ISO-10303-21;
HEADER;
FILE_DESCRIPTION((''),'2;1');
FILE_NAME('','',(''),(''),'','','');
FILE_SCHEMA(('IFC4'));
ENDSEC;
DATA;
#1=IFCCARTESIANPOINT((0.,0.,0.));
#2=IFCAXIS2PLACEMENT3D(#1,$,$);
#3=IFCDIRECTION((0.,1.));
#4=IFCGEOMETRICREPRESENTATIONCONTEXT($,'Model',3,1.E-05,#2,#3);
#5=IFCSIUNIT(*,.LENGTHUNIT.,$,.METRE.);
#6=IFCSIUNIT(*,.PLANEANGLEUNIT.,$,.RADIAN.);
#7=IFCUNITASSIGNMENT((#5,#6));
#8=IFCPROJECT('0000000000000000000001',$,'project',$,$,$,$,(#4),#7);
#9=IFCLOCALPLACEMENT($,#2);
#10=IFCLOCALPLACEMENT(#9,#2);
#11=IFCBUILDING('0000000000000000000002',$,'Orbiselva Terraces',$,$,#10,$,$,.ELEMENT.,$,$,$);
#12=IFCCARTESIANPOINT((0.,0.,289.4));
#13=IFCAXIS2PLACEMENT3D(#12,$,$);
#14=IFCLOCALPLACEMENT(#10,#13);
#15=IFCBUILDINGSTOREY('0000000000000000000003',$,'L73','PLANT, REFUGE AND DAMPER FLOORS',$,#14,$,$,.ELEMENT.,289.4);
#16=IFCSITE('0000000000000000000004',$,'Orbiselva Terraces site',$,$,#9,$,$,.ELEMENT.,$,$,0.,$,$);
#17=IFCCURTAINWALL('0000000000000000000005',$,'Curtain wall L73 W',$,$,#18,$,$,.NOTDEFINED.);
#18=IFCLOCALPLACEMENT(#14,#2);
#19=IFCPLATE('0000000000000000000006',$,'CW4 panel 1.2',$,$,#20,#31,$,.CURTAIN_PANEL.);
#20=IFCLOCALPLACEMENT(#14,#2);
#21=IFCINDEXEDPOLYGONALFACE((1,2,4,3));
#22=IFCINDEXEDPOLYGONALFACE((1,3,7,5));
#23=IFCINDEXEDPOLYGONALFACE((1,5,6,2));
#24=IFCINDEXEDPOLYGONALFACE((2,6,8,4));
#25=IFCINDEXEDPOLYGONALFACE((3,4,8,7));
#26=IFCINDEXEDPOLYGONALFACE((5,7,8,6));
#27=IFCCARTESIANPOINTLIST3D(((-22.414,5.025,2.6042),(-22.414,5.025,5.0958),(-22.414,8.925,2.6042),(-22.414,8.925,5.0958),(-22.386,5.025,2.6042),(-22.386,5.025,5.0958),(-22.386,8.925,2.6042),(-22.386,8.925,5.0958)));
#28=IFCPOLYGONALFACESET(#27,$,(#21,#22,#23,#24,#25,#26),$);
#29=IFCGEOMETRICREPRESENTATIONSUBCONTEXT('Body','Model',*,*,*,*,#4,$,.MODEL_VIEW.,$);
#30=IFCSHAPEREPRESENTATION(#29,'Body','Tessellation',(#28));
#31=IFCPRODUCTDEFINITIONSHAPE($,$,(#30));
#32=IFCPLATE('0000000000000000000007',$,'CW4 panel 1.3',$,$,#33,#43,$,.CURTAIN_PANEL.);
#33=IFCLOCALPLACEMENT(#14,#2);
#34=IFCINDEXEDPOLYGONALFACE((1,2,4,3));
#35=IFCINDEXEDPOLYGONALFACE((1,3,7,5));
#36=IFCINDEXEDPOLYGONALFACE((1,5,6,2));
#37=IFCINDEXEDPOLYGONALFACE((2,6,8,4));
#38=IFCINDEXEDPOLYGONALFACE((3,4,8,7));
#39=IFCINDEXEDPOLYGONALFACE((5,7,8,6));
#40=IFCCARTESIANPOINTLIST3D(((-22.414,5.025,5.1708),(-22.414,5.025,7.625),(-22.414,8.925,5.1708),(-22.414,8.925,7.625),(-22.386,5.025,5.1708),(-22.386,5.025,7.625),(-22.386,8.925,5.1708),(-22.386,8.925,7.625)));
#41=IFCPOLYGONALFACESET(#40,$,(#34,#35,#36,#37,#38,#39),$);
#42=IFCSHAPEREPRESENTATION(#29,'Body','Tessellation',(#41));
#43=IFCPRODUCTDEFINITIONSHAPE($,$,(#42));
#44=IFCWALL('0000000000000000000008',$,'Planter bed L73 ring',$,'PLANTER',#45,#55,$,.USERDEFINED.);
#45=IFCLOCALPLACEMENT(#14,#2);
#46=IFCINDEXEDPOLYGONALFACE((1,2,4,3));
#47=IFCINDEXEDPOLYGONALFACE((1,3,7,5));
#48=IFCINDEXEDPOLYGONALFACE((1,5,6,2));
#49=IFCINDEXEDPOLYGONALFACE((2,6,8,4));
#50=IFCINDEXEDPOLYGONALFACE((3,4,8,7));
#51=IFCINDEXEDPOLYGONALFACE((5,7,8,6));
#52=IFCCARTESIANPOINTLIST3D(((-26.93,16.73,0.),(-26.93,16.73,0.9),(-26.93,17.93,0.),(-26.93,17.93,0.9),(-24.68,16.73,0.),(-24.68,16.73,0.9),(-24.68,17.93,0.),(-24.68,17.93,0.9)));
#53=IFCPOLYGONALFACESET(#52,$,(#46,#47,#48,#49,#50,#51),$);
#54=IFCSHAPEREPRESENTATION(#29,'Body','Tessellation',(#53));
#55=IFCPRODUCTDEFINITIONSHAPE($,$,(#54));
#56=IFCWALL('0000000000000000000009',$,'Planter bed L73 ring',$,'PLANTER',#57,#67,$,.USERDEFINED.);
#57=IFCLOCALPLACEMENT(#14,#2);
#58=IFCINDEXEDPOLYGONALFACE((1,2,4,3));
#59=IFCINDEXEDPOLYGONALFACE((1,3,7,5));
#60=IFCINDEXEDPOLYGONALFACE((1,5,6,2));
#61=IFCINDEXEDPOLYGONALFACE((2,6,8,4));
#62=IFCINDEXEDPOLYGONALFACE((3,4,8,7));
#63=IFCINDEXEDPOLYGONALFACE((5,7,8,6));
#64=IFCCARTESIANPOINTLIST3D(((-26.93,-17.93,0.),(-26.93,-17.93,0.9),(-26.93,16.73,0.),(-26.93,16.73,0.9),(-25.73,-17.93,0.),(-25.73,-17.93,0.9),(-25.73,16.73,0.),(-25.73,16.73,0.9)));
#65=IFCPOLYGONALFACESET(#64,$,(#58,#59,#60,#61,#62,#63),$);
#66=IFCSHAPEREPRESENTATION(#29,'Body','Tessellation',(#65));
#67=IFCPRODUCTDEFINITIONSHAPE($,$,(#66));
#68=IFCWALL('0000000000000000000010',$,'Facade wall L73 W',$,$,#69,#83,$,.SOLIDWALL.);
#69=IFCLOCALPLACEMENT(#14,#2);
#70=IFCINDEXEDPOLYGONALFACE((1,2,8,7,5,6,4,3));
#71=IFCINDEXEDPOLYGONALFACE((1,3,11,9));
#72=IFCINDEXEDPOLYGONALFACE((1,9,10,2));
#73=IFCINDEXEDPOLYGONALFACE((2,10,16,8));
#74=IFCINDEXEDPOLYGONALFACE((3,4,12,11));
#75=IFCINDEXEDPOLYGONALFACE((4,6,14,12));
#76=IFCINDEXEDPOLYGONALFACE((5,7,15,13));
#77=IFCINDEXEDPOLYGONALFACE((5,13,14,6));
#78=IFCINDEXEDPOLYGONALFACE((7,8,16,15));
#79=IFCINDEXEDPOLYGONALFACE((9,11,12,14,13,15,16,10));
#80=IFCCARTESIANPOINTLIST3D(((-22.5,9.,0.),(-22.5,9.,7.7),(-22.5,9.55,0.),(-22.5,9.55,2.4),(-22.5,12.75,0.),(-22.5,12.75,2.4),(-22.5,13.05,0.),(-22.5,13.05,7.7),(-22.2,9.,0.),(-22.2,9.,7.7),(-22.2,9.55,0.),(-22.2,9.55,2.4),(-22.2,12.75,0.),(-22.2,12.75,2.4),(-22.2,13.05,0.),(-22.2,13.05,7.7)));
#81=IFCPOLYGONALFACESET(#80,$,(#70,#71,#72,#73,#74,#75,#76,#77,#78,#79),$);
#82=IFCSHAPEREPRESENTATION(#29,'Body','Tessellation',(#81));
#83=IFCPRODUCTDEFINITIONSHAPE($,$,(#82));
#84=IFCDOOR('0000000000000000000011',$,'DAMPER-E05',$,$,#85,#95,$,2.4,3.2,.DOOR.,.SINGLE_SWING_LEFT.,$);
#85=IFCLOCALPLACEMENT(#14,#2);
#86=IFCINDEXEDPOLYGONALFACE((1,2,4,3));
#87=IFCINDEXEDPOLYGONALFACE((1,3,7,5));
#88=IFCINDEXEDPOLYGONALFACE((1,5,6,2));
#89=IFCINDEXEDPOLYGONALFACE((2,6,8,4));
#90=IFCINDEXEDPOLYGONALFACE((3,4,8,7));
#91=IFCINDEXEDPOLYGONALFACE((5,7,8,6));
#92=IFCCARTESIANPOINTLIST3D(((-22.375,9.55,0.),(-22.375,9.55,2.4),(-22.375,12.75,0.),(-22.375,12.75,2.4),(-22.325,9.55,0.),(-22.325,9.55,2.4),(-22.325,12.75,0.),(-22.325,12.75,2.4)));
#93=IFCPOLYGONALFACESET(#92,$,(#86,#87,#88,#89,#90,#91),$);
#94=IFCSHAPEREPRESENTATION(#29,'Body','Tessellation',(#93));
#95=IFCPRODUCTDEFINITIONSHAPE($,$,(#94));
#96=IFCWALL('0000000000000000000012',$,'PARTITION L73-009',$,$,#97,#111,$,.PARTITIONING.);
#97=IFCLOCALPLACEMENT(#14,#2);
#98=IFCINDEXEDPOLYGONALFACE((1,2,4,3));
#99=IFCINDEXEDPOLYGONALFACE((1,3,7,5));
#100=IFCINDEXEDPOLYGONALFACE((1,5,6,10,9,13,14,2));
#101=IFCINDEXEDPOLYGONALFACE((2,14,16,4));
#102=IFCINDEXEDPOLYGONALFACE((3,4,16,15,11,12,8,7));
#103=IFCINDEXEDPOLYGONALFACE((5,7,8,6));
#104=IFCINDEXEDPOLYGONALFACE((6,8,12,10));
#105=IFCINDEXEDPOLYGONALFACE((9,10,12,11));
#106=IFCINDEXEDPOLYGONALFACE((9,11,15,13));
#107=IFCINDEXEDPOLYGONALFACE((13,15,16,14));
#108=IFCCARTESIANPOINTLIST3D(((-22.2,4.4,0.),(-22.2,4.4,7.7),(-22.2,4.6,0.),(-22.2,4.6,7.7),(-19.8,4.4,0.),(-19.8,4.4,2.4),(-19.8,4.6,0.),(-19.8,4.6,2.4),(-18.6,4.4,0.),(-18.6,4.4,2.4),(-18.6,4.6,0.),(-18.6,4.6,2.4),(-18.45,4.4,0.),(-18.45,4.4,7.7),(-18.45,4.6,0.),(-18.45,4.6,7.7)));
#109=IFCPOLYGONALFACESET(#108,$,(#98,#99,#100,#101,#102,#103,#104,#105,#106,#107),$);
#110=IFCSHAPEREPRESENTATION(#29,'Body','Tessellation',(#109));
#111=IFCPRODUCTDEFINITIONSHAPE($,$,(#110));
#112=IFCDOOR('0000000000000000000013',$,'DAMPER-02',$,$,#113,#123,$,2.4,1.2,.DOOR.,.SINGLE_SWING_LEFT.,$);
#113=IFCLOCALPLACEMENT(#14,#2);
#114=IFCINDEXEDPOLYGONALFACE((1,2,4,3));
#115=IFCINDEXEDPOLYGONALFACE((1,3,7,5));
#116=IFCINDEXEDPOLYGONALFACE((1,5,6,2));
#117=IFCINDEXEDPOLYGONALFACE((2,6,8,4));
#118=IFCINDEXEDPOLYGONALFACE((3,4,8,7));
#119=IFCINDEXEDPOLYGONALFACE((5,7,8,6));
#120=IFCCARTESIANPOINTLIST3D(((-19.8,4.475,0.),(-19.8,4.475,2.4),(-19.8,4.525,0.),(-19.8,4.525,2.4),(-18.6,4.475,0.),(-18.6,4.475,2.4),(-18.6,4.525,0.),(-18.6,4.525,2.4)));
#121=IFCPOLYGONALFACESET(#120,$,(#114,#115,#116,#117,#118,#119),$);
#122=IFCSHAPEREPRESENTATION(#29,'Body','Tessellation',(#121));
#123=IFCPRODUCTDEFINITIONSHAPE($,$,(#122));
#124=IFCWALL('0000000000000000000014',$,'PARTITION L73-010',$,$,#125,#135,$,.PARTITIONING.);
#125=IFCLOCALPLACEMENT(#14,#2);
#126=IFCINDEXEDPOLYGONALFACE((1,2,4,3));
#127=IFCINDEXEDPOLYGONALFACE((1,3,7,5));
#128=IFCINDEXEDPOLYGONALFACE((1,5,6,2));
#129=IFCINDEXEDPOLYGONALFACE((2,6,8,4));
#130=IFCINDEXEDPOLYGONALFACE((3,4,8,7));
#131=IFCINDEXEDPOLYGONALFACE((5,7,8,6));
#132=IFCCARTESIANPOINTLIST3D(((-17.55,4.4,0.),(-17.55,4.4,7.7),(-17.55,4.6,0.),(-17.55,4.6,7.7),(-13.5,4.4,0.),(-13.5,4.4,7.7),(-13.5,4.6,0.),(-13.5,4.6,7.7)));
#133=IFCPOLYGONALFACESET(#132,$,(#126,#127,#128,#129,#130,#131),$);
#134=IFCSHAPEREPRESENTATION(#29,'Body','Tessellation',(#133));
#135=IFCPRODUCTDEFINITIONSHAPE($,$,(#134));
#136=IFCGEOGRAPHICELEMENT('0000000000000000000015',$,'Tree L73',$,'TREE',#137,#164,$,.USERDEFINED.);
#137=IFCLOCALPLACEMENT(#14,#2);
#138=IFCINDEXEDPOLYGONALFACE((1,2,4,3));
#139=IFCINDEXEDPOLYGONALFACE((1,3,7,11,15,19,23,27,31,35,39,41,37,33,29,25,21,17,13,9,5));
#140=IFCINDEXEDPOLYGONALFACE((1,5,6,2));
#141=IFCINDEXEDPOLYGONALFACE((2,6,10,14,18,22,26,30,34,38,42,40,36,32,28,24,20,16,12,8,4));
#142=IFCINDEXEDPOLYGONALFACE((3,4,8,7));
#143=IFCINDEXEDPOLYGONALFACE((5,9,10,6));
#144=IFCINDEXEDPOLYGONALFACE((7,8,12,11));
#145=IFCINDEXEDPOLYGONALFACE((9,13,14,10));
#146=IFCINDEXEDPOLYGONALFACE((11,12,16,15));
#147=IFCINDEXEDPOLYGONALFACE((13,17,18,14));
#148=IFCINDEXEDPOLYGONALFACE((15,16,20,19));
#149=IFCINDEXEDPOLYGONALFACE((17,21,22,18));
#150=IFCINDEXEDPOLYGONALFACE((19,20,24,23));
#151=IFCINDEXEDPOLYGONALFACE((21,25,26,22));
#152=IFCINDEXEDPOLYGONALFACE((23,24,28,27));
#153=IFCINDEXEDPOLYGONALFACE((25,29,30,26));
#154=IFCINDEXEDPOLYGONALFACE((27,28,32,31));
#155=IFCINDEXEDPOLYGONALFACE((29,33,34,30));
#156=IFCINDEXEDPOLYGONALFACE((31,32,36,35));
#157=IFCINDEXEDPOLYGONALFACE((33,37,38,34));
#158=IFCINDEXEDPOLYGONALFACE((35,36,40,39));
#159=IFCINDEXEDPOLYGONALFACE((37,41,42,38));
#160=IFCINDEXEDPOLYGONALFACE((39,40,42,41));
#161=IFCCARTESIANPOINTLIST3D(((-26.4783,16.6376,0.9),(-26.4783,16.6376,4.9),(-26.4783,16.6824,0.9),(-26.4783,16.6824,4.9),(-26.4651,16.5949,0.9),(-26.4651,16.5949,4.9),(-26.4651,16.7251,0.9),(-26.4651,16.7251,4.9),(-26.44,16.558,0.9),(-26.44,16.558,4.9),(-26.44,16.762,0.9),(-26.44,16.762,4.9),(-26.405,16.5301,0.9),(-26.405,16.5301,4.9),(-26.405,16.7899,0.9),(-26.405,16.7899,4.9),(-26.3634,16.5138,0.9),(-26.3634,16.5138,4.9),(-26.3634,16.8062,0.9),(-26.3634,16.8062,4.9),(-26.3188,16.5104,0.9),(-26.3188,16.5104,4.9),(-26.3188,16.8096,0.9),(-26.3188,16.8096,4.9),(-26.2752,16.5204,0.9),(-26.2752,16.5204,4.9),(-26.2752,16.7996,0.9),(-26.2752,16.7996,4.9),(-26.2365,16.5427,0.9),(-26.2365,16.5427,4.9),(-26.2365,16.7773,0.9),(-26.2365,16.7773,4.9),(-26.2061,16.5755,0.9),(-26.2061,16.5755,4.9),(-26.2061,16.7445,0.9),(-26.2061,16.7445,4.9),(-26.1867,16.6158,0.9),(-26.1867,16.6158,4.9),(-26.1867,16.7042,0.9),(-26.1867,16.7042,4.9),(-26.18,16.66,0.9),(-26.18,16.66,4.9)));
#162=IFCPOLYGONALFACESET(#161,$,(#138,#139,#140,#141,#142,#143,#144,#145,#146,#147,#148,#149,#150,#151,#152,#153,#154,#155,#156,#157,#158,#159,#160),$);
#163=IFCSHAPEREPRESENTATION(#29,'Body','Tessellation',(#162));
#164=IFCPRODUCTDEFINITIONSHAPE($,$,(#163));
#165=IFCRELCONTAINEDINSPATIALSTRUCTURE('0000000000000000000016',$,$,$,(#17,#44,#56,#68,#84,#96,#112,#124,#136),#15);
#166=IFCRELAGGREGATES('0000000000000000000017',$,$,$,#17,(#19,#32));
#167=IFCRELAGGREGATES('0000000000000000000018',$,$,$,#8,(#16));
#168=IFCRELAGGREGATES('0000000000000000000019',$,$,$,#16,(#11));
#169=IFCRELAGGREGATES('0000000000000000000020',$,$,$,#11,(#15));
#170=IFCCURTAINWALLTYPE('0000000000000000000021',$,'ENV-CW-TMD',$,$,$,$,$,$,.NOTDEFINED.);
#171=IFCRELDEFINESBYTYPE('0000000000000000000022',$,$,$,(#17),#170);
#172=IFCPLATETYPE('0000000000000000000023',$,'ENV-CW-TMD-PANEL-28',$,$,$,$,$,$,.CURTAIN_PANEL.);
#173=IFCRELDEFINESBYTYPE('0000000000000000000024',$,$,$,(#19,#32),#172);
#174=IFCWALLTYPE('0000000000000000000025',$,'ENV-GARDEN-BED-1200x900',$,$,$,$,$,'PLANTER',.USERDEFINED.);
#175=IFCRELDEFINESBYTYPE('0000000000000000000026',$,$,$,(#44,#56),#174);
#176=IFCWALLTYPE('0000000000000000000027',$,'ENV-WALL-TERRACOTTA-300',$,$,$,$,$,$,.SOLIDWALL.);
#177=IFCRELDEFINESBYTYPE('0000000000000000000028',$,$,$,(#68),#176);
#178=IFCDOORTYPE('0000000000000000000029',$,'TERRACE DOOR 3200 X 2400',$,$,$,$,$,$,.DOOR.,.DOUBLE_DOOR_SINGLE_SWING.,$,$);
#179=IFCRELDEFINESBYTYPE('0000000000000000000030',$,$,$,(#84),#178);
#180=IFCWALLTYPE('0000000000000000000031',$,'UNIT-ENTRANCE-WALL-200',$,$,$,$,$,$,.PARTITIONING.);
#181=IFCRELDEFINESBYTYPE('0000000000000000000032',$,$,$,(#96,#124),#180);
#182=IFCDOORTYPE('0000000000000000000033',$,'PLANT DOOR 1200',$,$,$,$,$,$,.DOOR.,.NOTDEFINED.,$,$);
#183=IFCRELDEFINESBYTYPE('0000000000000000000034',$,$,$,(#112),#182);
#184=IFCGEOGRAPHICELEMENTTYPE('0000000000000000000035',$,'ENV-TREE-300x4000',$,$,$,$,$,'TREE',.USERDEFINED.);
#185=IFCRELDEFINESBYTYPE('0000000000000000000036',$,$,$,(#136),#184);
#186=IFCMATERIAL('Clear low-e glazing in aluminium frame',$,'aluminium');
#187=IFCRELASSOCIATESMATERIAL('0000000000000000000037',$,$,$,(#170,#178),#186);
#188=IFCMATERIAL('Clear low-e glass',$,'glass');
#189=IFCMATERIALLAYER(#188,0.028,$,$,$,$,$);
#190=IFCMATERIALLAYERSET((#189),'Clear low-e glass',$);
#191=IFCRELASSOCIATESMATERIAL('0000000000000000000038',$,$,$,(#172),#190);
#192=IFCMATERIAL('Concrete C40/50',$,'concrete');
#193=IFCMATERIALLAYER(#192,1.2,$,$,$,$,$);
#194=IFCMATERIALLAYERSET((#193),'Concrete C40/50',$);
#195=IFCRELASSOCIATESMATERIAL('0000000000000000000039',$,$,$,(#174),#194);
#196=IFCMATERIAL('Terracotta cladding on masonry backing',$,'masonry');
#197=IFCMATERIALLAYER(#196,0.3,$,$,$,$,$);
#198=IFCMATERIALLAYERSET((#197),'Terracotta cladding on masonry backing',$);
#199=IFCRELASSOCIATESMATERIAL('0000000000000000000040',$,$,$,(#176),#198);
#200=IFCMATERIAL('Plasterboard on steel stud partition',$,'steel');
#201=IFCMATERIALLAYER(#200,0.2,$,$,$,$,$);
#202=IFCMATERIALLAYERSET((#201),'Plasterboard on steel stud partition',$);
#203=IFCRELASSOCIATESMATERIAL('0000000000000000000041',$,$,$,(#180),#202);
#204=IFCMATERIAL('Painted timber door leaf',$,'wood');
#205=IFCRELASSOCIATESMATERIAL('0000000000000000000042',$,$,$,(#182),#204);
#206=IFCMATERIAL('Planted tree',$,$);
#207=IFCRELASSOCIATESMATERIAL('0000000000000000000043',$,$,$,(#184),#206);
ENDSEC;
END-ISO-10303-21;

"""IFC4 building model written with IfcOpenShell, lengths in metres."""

from ifc_helpers import new_model, si_unit, direction, frame, frame_2d, origin, origin_2d, place, context, subcontext, project, spatial, rectangle, circle, extrude, material, layer, layer_set, type_object, element, fill, aggregate, save


model = new_model("IFC4")

# Units and contexts
model_context = context("Model", 3, precision=1e-05, world=origin(), true_north=direction((0.0, 1.0)))
body_context = subcontext(model_context, "Body", "Model", "MODEL_VIEW")
ifc_project = project(units=[si_unit("LENGTHUNIT", "METRE"), si_unit("PLANEANGLEUNIT", "RADIAN")], contexts=[model_context])

# Site, building, storey
site_placement = place(None, origin())
site = spatial("IfcSite", under=ifc_project, at=site_placement, Name="Orbiselva Terraces site", CompositionType="ELEMENT", RefElevation=0.0)
building_placement = place(site_placement, origin())
building = spatial("IfcBuilding", under=site, at=building_placement, Name="Orbiselva Terraces", CompositionType="ELEMENT")
storey_placement = place(building_placement, frame((0.0, 0.0, 289.4)))
storey = spatial("IfcBuildingStorey", under=building, at=storey_placement, Name="L73", Description="PLANT, REFUGE AND DAMPER FLOORS", CompositionType="ELEMENT", Elevation=289.4)

# Shared definitions
ifc_material_1 = material(Name="Clear low-e glazing in aluminium frame", Category="aluminium")
curtain_wall_type = type_object("IfcCurtainWallType", Name="ENV-CW-TMD", PredefinedType="NOTDEFINED", material=ifc_material_1)

# Curtain wall
curtain_wall_1_placement = place(storey_placement, origin())
curtain_wall_1 = element("IfcCurtainWall", 1, at=curtain_wall_1_placement, inside=storey, type_object=curtain_wall_type, Name="Curtain wall L73 W", PredefinedType="NOTDEFINED")

# Plates
ifc_material_2 = material(Name="Clear low-e glass", Category="glass")
ifc_layer_1 = layer(ifc_material_2, 0.028)
ifc_layer_set_1 = layer_set([ifc_layer_1], Name="Clear low-e glass")
plate_type = type_object("IfcPlateType", Name="ENV-CW-TMD-PANEL-28", PredefinedType="CURTAIN_PANEL", material=ifc_layer_set_1)
plate_1_placement = place(storey_placement, frame((-22.4, 6.975, 2.6042), z_axis=(0.0, 0.0, 1.0), x_axis=(0.0, -1.0, 0.0)))
plate_1 = element("IfcPlate", 2, at=plate_1_placement, type_object=plate_type, Name="CW4 panel 1.2", PredefinedType="CURTAIN_PANEL", context=body_context, shape_type="SweptSolid", body=[
    extrude(rectangle(XDim=3.9, YDim=0.028, at=origin_2d()), origin(), (0.0, 0.0, 1.0), 2.4917),
])
plate_2_placement = place(storey_placement, frame((-22.4, 6.975, 5.1708), z_axis=(0.0, 0.0, 1.0), x_axis=(0.0, -1.0, 0.0)))
plate_2 = element("IfcPlate", 3, at=plate_2_placement, type_object=plate_type, Name="CW4 panel 1.3", PredefinedType="CURTAIN_PANEL", context=body_context, shape_type="SweptSolid", body=[
    extrude(rectangle(XDim=3.9, YDim=0.028, at=origin_2d()), origin(), (0.0, 0.0, 1.0), 2.4542),
])
aggregate(curtain_wall_1, [plate_1, plate_2])

# Walls
ifc_material_3 = material(Name="Concrete C40/50", Category="concrete")
ifc_layer_2 = layer(ifc_material_3, 1.2)
ifc_layer_set_2 = layer_set([ifc_layer_2], Name="Concrete C40/50")
wall_type_1 = type_object("IfcWallType", Name="ENV-GARDEN-BED-1200x900", ElementType="PLANTER", PredefinedType="USERDEFINED", material=ifc_layer_set_2)
wall_1_placement = place(storey_placement, frame((-24.68, 17.33, 0.0), z_axis=(0.0, 0.0, 1.0), x_axis=(-1.0, 0.0, 0.0)))
element("IfcWall", 4, at=wall_1_placement, inside=storey, type_object=wall_type_1, Name="Planter bed L73 ring", ObjectType="PLANTER", PredefinedType="USERDEFINED", context=body_context, shape_type="SweptSolid", body=[
    extrude(rectangle(XDim=2.25, YDim=1.2, at=frame_2d((1.125, 0.0))), origin(), (0.0, 0.0, 1.0), 0.9),
])
wall_2_placement = place(storey_placement, frame((-26.33, 16.73, 0.0), z_axis=(0.0, 0.0, 1.0), x_axis=(0.0, -1.0, 0.0)))
element("IfcWall", 5, at=wall_2_placement, inside=storey, type_object=wall_type_1, Name="Planter bed L73 ring", ObjectType="PLANTER", PredefinedType="USERDEFINED", context=body_context, shape_type="SweptSolid", body=[
    extrude(rectangle(XDim=34.66, YDim=1.2, at=frame_2d((17.33, 0.0))), origin(), (0.0, 0.0, 1.0), 0.9),
])

# Walls, openings, doors
ifc_material_4 = material(Name="Terracotta cladding on masonry backing", Category="masonry")
ifc_layer_3 = layer(ifc_material_4, 0.3)
ifc_layer_set_3 = layer_set([ifc_layer_3], Name="Terracotta cladding on masonry backing")
wall_type_2 = type_object("IfcWallType", Name="ENV-WALL-TERRACOTTA-300", PredefinedType="SOLIDWALL", material=ifc_layer_set_3)
wall_3_placement = place(storey_placement, frame((-22.35, 9.0, 0.0), z_axis=(0.0, 0.0, 1.0), x_axis=(0.0, 1.0, 0.0)))
wall_3 = element("IfcWall", 6, at=wall_3_placement, inside=storey, type_object=wall_type_2, Name="Facade wall L73 W", PredefinedType="SOLIDWALL", context=body_context, shape_type="SweptSolid", body=[
    extrude(rectangle(XDim=4.05, YDim=0.3, at=frame_2d((2.025, 0.0))), origin(), (0.0, 0.0, 1.0), 7.7),
])
opening_1_placement = place(wall_3_placement, frame((0.55, 0.0, 0.0)))
opening_1 = element("IfcOpeningElement", 7, at=opening_1_placement, cuts=wall_3, PredefinedType="OPENING", context=body_context, shape_type="SweptSolid", body=[
    extrude(rectangle(XDim=3.2, YDim=2.4, at=frame_2d((1.6, 1.2))), frame((0.0, 0.16, 0.0), z_axis=(0.0, -1.0, 0.0), x_axis=(1.0, 0.0, 0.0)), (0.0, 0.0, 1.0), 0.32),
])
door_type_1 = type_object("IfcDoorType", Name="TERRACE DOOR 3200 X 2400", OperationType="DOUBLE_DOOR_SINGLE_SWING", PredefinedType="DOOR", material=ifc_material_1)
door_1_placement = place(opening_1_placement, origin())
door_1 = element("IfcDoor", 8, at=door_1_placement, inside=storey, type_object=door_type_1, Name="DAMPER-E05", OperationType="SINGLE_SWING_LEFT", OverallHeight=2.4, OverallWidth=3.2, PredefinedType="DOOR", context=body_context, shape_type="SweptSolid", body=[
    extrude(rectangle(XDim=3.2, YDim=2.4, at=frame_2d((1.6, 1.2))), frame((0.0, 0.025, 0.0), z_axis=(0.0, -1.0, 0.0), x_axis=(1.0, 0.0, 0.0)), (0.0, 0.0, 1.0), 0.05),
])
fill(opening_1, door_1)
ifc_material_5 = material(Name="Plasterboard on steel stud partition", Category="steel")
ifc_layer_4 = layer(ifc_material_5, 0.2)
ifc_layer_set_4 = layer_set([ifc_layer_4], Name="Plasterboard on steel stud partition")
wall_type_3 = type_object("IfcWallType", Name="UNIT-ENTRANCE-WALL-200", PredefinedType="PARTITIONING", material=ifc_layer_set_4)
wall_4_placement = place(storey_placement, frame((-18.45, 4.5, 0.0), z_axis=(0.0, 0.0, 1.0), x_axis=(-1.0, 0.0, 0.0)))
wall_4 = element("IfcWall", 9, at=wall_4_placement, inside=storey, type_object=wall_type_3, Name="PARTITION L73-009", PredefinedType="PARTITIONING", context=body_context, shape_type="SweptSolid", body=[
    extrude(rectangle(XDim=3.75, YDim=0.2, at=frame_2d((1.875, 0.0))), origin(), (0.0, 0.0, 1.0), 7.7),
])
opening_2_placement = place(wall_4_placement, frame((0.15, 0.0, 0.0)))
opening_2 = element("IfcOpeningElement", 10, at=opening_2_placement, cuts=wall_4, PredefinedType="OPENING", context=body_context, shape_type="SweptSolid", body=[
    extrude(rectangle(XDim=1.2, YDim=2.4, at=frame_2d((0.6, 1.2))), frame((0.0, 0.11, 0.0), z_axis=(0.0, -1.0, 0.0), x_axis=(1.0, 0.0, 0.0)), (0.0, 0.0, 1.0), 0.22),
])
ifc_material_6 = material(Name="Painted timber door leaf", Category="wood")
door_type_2 = type_object("IfcDoorType", Name="PLANT DOOR 1200", OperationType="NOTDEFINED", PredefinedType="DOOR", material=ifc_material_6)
door_2_placement = place(opening_2_placement, origin())
door_2 = element("IfcDoor", 11, at=door_2_placement, inside=storey, type_object=door_type_2, Name="DAMPER-02", OperationType="SINGLE_SWING_LEFT", OverallHeight=2.4, OverallWidth=1.2, PredefinedType="DOOR", context=body_context, shape_type="SweptSolid", body=[
    extrude(rectangle(XDim=1.2, YDim=2.4, at=frame_2d((0.6, 1.2))), frame((0.0, 0.025, 0.0), z_axis=(0.0, -1.0, 0.0), x_axis=(1.0, 0.0, 0.0)), (0.0, 0.0, 1.0), 0.05),
])
fill(opening_2, door_2)

# Wall
wall_5_placement = place(storey_placement, frame((-17.55, 4.5, 0.0), z_axis=(0.0, 0.0, 1.0), x_axis=(1.0, 0.0, 0.0)))
element("IfcWall", 12, at=wall_5_placement, inside=storey, type_object=wall_type_3, Name="PARTITION L73-010", PredefinedType="PARTITIONING", context=body_context, shape_type="SweptSolid", body=[
    extrude(rectangle(XDim=4.05, YDim=0.2, at=frame_2d((2.025, 0.0))), origin(), (0.0, 0.0, 1.0), 7.7),
])

# Geographic element
ifc_material_7 = material(Name="Planted tree")
geographic_element_type = type_object("IfcGeographicElementType", Name="ENV-TREE-300x4000", ElementType="TREE", PredefinedType="USERDEFINED", material=ifc_material_7)
for number, where, z_axis, x_axis, name in (
    (13, (-26.33, 16.66, 4.9), (0.0, 0.0, -1.0), (1.0, 0.0, 0.0), "Tree L73"),
):
    element("IfcGeographicElement", number, at=place(storey_placement, frame(where, z_axis=z_axis, x_axis=x_axis)), inside=storey, type_object=geographic_element_type, Name=name, ObjectType="TREE", PredefinedType="USERDEFINED", context=body_context, shape_type="SweptSolid", body=[
        extrude(circle(Radius=0.15, at=origin_2d()), origin(), (0.0, 0.0, 1.0), 4.0),
    ])

save(model, "model.ifc")
